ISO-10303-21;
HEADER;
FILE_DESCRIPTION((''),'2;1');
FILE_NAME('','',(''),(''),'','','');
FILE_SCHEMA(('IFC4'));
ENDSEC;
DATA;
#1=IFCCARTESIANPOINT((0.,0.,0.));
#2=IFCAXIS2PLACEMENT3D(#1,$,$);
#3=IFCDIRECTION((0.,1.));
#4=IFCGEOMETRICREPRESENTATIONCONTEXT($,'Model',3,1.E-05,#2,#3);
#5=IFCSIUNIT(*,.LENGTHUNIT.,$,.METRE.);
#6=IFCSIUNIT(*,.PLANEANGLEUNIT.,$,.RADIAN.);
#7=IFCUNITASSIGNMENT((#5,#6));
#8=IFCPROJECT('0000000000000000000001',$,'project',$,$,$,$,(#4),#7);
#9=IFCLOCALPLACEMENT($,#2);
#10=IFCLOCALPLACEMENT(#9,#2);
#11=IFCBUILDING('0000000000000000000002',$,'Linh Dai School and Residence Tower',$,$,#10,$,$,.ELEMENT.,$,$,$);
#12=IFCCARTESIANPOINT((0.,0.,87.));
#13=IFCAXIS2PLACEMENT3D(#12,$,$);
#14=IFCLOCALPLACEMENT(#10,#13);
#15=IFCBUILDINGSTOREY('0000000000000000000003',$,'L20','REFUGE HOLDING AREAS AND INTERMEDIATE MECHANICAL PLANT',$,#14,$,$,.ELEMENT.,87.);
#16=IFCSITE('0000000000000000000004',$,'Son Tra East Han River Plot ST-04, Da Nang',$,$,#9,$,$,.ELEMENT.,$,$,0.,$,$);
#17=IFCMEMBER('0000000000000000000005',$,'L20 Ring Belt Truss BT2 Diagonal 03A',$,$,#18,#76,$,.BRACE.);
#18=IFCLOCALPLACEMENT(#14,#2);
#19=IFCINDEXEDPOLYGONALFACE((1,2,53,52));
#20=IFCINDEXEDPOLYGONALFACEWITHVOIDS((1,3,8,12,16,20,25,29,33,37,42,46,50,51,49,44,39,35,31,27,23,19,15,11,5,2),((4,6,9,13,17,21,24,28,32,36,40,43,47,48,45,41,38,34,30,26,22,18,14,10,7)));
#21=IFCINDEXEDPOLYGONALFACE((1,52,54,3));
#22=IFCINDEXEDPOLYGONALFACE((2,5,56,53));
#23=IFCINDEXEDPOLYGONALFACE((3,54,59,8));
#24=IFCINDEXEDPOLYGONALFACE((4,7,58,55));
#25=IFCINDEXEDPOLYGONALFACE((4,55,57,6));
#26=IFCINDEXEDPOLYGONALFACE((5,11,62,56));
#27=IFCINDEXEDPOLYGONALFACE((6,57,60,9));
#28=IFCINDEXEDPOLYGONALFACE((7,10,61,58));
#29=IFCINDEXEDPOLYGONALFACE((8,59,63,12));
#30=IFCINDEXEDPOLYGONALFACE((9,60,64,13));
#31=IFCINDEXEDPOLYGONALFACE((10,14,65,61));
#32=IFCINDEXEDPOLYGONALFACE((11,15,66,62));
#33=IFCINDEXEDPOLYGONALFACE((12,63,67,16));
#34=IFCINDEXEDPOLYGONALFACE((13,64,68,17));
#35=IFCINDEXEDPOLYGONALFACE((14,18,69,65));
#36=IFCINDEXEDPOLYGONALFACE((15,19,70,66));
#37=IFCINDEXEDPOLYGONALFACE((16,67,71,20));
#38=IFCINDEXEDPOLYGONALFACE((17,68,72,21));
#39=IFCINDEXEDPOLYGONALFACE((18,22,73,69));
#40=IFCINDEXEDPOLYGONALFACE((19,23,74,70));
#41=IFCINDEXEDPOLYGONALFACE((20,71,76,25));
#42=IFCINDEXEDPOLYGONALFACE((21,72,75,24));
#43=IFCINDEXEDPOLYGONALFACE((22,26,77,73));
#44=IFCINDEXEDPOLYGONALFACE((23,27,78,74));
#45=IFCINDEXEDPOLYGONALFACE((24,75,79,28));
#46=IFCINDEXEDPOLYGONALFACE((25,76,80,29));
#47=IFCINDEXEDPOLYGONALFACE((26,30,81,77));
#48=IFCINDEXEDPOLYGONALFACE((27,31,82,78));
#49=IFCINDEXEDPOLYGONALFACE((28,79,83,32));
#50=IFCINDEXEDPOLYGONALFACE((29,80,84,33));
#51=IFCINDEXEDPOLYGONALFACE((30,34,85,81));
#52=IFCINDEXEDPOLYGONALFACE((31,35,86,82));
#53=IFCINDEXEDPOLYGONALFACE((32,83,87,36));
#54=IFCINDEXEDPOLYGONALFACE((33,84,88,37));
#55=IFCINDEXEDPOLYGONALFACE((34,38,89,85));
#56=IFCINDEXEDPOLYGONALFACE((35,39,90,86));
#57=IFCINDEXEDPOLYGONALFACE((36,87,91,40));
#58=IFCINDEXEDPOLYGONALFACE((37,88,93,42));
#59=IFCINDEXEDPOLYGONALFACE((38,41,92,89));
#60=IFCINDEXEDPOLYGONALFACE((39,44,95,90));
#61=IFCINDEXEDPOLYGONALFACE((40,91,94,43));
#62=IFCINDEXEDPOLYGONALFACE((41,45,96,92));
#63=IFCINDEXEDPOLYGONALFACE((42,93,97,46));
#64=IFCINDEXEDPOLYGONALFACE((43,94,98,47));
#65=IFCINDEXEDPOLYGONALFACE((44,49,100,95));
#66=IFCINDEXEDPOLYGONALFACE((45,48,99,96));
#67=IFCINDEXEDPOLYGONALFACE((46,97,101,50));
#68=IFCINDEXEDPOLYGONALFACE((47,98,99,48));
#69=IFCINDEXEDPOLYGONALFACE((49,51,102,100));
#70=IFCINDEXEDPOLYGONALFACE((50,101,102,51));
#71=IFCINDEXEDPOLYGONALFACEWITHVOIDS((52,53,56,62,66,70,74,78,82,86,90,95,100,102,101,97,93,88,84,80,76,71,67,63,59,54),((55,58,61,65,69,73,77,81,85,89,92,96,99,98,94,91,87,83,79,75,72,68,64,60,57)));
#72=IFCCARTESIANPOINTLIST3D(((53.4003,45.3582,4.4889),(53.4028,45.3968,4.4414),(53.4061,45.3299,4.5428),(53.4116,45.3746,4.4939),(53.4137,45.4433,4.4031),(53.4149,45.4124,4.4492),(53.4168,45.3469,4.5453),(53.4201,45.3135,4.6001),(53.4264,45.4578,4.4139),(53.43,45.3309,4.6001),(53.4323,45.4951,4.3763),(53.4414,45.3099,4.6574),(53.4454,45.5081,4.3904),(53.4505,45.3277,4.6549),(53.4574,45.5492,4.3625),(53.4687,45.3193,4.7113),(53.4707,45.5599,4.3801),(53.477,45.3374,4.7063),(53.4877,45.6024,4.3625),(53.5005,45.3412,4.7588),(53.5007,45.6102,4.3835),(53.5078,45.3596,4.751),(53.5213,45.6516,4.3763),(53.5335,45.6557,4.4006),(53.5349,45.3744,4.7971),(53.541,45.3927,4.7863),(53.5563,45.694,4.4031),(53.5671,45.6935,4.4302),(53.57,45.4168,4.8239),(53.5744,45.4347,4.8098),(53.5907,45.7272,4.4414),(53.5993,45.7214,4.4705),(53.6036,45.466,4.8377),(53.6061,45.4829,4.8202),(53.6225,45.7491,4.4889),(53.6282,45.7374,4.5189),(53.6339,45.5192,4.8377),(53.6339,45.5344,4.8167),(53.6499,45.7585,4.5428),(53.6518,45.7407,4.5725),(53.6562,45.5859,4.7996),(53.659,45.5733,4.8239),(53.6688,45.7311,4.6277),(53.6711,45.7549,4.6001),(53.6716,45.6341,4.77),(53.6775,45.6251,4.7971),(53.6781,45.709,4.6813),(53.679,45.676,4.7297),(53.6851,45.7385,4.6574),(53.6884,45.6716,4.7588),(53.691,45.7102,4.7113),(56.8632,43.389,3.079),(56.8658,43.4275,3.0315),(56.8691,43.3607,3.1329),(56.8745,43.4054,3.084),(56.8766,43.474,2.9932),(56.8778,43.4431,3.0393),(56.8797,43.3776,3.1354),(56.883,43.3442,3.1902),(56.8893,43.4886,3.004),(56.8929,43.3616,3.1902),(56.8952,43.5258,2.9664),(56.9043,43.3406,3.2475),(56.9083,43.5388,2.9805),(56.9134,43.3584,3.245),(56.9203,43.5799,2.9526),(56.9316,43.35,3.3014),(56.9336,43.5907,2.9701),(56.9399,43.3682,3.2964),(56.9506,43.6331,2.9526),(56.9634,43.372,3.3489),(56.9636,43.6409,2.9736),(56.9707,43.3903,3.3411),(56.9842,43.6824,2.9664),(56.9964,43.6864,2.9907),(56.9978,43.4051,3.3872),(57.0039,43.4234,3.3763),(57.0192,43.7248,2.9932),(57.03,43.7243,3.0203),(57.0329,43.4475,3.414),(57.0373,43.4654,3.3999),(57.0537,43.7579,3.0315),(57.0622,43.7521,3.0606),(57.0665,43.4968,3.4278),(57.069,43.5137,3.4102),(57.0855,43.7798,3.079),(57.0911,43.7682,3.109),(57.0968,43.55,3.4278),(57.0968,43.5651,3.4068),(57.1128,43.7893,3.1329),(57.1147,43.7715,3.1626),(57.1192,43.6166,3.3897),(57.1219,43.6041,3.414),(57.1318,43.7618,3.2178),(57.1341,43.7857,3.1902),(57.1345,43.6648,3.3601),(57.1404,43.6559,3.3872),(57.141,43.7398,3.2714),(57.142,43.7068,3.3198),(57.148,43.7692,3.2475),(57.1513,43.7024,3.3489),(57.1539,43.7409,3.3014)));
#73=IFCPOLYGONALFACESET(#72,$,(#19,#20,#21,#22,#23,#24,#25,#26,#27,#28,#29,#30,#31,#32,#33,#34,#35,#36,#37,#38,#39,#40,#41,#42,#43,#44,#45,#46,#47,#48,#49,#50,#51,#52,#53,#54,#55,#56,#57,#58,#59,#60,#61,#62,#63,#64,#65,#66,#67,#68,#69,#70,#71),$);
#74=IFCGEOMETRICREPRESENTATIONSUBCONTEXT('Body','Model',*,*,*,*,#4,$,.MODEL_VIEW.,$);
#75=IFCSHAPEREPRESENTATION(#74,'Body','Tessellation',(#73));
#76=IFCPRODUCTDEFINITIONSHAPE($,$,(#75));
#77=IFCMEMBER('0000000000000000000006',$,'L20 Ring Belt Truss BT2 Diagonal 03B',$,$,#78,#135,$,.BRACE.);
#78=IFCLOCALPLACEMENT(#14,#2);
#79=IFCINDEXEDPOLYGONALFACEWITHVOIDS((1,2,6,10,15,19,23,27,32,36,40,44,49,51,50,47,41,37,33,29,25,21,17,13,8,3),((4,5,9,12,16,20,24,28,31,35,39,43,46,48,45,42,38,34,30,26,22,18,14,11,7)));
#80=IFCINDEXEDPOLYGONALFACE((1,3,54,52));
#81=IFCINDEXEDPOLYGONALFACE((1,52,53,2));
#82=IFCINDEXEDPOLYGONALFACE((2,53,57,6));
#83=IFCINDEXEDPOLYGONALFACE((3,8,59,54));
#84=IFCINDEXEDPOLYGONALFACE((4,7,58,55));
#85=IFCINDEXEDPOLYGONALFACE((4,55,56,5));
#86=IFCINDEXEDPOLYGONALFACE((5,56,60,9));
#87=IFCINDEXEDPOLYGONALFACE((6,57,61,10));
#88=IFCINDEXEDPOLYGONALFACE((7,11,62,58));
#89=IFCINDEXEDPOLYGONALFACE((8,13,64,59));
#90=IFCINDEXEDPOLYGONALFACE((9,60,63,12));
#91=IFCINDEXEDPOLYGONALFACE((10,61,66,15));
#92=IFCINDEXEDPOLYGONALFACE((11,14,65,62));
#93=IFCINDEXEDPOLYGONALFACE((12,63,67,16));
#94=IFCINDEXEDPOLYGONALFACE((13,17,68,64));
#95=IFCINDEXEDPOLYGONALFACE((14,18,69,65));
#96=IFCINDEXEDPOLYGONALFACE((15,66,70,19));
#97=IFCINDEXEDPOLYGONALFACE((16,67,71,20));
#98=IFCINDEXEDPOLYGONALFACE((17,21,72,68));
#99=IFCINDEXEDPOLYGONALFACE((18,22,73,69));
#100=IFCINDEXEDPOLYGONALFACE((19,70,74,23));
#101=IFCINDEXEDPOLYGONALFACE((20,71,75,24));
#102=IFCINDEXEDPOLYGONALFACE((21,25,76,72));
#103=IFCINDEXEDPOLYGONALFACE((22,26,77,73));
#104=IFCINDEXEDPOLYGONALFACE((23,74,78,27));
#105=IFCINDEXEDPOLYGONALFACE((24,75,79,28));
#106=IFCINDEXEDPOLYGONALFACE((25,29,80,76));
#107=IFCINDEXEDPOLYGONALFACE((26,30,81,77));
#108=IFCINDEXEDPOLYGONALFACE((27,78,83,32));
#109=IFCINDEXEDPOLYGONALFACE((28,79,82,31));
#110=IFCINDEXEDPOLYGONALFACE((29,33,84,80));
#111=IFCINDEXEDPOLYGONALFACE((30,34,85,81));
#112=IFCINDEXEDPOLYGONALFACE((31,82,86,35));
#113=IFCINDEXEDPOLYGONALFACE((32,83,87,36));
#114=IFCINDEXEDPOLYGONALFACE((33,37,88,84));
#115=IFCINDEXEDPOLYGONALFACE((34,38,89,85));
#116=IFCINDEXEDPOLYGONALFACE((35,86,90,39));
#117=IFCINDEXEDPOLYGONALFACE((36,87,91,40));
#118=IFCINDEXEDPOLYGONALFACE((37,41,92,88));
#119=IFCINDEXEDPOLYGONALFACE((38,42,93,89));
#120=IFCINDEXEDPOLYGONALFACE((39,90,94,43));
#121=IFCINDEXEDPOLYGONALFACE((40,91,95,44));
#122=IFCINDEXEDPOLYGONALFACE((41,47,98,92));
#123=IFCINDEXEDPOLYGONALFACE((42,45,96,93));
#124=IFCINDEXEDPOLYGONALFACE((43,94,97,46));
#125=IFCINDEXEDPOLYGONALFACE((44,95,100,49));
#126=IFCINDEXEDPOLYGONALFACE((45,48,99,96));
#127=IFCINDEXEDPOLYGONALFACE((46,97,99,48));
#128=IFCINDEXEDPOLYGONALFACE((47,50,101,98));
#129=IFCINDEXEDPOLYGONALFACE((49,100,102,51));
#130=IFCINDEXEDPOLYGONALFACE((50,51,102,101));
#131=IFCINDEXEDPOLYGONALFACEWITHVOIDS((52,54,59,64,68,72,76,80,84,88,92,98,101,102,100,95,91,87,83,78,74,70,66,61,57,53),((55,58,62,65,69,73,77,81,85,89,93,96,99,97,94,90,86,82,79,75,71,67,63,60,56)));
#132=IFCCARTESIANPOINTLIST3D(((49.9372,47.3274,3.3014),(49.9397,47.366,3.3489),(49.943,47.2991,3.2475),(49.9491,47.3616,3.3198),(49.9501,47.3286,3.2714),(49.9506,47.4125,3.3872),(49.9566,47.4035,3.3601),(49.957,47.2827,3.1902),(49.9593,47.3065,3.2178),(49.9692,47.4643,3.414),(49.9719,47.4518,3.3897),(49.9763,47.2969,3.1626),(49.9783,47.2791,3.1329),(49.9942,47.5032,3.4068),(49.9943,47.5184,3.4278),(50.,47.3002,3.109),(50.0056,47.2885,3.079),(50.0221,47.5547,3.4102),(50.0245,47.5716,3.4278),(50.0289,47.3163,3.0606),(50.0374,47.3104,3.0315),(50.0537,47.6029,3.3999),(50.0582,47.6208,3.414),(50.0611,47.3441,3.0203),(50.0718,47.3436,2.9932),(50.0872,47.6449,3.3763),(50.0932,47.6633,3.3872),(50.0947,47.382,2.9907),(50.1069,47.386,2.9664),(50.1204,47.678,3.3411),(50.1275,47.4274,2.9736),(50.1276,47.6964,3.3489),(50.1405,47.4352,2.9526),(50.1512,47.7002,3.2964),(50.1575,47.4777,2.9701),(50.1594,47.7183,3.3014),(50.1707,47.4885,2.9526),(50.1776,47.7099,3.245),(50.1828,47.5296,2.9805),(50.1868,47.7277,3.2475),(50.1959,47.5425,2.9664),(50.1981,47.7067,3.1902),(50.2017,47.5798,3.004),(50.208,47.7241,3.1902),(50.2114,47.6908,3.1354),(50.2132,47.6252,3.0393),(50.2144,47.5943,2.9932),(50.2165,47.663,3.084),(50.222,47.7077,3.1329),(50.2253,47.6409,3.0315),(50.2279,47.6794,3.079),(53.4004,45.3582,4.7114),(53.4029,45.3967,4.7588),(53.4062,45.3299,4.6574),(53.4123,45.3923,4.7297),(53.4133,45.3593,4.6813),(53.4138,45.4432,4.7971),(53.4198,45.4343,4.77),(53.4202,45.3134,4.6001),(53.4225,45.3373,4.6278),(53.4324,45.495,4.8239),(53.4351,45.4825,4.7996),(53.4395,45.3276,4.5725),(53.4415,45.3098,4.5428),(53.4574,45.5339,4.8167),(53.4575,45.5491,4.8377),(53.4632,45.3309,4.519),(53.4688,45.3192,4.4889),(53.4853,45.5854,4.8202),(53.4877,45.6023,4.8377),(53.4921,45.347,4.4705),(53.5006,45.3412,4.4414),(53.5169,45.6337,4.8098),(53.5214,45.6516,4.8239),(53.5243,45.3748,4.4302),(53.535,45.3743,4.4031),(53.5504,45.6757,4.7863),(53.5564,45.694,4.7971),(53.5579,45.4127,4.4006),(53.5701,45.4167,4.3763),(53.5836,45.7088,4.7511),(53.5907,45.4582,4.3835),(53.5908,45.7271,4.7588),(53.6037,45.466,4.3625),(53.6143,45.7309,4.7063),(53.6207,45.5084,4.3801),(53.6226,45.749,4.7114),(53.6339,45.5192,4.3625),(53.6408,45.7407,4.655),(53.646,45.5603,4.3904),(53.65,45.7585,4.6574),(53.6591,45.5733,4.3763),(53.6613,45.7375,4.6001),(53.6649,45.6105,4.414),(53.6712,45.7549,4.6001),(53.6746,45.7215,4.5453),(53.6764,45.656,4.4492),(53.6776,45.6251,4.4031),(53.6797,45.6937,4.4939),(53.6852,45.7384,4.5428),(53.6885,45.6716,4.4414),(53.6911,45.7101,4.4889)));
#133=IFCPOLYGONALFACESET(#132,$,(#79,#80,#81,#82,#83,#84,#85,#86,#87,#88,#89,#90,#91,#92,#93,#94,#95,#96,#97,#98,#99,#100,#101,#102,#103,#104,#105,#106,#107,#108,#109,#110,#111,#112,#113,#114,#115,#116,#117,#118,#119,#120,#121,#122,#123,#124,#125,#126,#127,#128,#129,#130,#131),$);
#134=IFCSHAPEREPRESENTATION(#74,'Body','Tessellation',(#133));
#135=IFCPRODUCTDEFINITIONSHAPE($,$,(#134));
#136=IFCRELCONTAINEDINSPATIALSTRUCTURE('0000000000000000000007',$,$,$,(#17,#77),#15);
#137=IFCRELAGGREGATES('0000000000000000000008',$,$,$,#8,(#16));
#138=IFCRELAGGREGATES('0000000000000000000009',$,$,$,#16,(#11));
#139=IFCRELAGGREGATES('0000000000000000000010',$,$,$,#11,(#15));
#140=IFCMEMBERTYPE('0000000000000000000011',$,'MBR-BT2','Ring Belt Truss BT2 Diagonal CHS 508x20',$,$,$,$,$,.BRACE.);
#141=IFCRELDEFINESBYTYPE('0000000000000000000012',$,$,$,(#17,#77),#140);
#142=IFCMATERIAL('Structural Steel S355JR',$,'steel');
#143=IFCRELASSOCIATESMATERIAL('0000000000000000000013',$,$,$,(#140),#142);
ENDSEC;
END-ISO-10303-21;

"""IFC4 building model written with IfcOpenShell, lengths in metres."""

from ifc_helpers import new_model, si_unit, direction, frame, origin, origin_2d, place, context, subcontext, project, spatial, hollow_circle, extrude, material, material_profile, profile_set, type_object, element, save


model = new_model("IFC4")

# Units and contexts
model_context = context("Model", 3, precision=1e-05, world=origin(), true_north=direction((0.0, 1.0)))
body_context = subcontext(model_context, "Body", "Model", "MODEL_VIEW")
ifc_project = project(units=[si_unit("LENGTHUNIT", "METRE"), si_unit("PLANEANGLEUNIT", "RADIAN")], contexts=[model_context])

# Site, building, storey
site_placement = place(None, origin())
site = spatial("IfcSite", under=ifc_project, at=site_placement, Name="Son Tra East Han River Plot ST-04, Da Nang", CompositionType="ELEMENT", RefElevation=0.0)
building_placement = place(site_placement, origin())
building = spatial("IfcBuilding", under=site, at=building_placement, Name="Linh Dai School and Residence Tower", CompositionType="ELEMENT")
storey_placement = place(building_placement, frame((0.0, 0.0, 87.0)))
storey = spatial("IfcBuildingStorey", under=building, at=storey_placement, Name="L20", Description="REFUGE HOLDING AREAS AND INTERMEDIATE MECHANICAL PLANT", CompositionType="ELEMENT", Elevation=87.0)

# Shared definitions
ifc_material_1 = material(Name="Structural Steel S355JR", Category="steel")

# Members
ifc_material_profile_1 = material_profile(ifc_material_1, hollow_circle(Radius=0.2539, WallThickness=0.02, at=origin_2d()), Name="CHS 508x20")
ifc_profile_set_1 = profile_set([ifc_material_profile_1], Name="Structural Steel S355JR")
member_type_1 = type_object("IfcMemberType", Name="MBR-BT2", Description="Ring Belt Truss BT2 Diagonal CHS 508x20", PredefinedType="BRACE", material=ifc_profile_set_1)
member_1_placement = place(storey_placement, frame((57.0085, 43.5649, 3.1902), z_axis=(-0.819464, 0.466004, 0.333644), x_axis=(-0.494329, -0.869275, 0.0)))
element("IfcMember", 1, at=member_1_placement, inside=storey, type_object=member_type_1, Name="L20 Ring Belt Truss BT2 Diagonal 03A", PredefinedType="BRACE", context=body_context, shape_type="SweptSolid", body=[
    extrude(hollow_circle(Radius=0.2539, WallThickness=0.02, at=origin_2d()), origin(), (0.0, 0.0, 1.0), 4.2258),
])
member_2_placement = place(storey_placement, frame((50.0825, 47.5034, 3.1902), z_axis=(0.819483, -0.465982, 0.333628), x_axis=(0.494303, 0.86929, 0.0)))
element("IfcMember", 2, at=member_2_placement, inside=storey, type_object=member_type_1, Name="L20 Ring Belt Truss BT2 Diagonal 03B", PredefinedType="BRACE", context=body_context, shape_type="SweptSolid", body=[
    extrude(hollow_circle(Radius=0.2539, WallThickness=0.02, at=origin_2d()), origin(), (0.0, 0.0, 1.0), 4.2261),
])

save(model, "model.ifc")
